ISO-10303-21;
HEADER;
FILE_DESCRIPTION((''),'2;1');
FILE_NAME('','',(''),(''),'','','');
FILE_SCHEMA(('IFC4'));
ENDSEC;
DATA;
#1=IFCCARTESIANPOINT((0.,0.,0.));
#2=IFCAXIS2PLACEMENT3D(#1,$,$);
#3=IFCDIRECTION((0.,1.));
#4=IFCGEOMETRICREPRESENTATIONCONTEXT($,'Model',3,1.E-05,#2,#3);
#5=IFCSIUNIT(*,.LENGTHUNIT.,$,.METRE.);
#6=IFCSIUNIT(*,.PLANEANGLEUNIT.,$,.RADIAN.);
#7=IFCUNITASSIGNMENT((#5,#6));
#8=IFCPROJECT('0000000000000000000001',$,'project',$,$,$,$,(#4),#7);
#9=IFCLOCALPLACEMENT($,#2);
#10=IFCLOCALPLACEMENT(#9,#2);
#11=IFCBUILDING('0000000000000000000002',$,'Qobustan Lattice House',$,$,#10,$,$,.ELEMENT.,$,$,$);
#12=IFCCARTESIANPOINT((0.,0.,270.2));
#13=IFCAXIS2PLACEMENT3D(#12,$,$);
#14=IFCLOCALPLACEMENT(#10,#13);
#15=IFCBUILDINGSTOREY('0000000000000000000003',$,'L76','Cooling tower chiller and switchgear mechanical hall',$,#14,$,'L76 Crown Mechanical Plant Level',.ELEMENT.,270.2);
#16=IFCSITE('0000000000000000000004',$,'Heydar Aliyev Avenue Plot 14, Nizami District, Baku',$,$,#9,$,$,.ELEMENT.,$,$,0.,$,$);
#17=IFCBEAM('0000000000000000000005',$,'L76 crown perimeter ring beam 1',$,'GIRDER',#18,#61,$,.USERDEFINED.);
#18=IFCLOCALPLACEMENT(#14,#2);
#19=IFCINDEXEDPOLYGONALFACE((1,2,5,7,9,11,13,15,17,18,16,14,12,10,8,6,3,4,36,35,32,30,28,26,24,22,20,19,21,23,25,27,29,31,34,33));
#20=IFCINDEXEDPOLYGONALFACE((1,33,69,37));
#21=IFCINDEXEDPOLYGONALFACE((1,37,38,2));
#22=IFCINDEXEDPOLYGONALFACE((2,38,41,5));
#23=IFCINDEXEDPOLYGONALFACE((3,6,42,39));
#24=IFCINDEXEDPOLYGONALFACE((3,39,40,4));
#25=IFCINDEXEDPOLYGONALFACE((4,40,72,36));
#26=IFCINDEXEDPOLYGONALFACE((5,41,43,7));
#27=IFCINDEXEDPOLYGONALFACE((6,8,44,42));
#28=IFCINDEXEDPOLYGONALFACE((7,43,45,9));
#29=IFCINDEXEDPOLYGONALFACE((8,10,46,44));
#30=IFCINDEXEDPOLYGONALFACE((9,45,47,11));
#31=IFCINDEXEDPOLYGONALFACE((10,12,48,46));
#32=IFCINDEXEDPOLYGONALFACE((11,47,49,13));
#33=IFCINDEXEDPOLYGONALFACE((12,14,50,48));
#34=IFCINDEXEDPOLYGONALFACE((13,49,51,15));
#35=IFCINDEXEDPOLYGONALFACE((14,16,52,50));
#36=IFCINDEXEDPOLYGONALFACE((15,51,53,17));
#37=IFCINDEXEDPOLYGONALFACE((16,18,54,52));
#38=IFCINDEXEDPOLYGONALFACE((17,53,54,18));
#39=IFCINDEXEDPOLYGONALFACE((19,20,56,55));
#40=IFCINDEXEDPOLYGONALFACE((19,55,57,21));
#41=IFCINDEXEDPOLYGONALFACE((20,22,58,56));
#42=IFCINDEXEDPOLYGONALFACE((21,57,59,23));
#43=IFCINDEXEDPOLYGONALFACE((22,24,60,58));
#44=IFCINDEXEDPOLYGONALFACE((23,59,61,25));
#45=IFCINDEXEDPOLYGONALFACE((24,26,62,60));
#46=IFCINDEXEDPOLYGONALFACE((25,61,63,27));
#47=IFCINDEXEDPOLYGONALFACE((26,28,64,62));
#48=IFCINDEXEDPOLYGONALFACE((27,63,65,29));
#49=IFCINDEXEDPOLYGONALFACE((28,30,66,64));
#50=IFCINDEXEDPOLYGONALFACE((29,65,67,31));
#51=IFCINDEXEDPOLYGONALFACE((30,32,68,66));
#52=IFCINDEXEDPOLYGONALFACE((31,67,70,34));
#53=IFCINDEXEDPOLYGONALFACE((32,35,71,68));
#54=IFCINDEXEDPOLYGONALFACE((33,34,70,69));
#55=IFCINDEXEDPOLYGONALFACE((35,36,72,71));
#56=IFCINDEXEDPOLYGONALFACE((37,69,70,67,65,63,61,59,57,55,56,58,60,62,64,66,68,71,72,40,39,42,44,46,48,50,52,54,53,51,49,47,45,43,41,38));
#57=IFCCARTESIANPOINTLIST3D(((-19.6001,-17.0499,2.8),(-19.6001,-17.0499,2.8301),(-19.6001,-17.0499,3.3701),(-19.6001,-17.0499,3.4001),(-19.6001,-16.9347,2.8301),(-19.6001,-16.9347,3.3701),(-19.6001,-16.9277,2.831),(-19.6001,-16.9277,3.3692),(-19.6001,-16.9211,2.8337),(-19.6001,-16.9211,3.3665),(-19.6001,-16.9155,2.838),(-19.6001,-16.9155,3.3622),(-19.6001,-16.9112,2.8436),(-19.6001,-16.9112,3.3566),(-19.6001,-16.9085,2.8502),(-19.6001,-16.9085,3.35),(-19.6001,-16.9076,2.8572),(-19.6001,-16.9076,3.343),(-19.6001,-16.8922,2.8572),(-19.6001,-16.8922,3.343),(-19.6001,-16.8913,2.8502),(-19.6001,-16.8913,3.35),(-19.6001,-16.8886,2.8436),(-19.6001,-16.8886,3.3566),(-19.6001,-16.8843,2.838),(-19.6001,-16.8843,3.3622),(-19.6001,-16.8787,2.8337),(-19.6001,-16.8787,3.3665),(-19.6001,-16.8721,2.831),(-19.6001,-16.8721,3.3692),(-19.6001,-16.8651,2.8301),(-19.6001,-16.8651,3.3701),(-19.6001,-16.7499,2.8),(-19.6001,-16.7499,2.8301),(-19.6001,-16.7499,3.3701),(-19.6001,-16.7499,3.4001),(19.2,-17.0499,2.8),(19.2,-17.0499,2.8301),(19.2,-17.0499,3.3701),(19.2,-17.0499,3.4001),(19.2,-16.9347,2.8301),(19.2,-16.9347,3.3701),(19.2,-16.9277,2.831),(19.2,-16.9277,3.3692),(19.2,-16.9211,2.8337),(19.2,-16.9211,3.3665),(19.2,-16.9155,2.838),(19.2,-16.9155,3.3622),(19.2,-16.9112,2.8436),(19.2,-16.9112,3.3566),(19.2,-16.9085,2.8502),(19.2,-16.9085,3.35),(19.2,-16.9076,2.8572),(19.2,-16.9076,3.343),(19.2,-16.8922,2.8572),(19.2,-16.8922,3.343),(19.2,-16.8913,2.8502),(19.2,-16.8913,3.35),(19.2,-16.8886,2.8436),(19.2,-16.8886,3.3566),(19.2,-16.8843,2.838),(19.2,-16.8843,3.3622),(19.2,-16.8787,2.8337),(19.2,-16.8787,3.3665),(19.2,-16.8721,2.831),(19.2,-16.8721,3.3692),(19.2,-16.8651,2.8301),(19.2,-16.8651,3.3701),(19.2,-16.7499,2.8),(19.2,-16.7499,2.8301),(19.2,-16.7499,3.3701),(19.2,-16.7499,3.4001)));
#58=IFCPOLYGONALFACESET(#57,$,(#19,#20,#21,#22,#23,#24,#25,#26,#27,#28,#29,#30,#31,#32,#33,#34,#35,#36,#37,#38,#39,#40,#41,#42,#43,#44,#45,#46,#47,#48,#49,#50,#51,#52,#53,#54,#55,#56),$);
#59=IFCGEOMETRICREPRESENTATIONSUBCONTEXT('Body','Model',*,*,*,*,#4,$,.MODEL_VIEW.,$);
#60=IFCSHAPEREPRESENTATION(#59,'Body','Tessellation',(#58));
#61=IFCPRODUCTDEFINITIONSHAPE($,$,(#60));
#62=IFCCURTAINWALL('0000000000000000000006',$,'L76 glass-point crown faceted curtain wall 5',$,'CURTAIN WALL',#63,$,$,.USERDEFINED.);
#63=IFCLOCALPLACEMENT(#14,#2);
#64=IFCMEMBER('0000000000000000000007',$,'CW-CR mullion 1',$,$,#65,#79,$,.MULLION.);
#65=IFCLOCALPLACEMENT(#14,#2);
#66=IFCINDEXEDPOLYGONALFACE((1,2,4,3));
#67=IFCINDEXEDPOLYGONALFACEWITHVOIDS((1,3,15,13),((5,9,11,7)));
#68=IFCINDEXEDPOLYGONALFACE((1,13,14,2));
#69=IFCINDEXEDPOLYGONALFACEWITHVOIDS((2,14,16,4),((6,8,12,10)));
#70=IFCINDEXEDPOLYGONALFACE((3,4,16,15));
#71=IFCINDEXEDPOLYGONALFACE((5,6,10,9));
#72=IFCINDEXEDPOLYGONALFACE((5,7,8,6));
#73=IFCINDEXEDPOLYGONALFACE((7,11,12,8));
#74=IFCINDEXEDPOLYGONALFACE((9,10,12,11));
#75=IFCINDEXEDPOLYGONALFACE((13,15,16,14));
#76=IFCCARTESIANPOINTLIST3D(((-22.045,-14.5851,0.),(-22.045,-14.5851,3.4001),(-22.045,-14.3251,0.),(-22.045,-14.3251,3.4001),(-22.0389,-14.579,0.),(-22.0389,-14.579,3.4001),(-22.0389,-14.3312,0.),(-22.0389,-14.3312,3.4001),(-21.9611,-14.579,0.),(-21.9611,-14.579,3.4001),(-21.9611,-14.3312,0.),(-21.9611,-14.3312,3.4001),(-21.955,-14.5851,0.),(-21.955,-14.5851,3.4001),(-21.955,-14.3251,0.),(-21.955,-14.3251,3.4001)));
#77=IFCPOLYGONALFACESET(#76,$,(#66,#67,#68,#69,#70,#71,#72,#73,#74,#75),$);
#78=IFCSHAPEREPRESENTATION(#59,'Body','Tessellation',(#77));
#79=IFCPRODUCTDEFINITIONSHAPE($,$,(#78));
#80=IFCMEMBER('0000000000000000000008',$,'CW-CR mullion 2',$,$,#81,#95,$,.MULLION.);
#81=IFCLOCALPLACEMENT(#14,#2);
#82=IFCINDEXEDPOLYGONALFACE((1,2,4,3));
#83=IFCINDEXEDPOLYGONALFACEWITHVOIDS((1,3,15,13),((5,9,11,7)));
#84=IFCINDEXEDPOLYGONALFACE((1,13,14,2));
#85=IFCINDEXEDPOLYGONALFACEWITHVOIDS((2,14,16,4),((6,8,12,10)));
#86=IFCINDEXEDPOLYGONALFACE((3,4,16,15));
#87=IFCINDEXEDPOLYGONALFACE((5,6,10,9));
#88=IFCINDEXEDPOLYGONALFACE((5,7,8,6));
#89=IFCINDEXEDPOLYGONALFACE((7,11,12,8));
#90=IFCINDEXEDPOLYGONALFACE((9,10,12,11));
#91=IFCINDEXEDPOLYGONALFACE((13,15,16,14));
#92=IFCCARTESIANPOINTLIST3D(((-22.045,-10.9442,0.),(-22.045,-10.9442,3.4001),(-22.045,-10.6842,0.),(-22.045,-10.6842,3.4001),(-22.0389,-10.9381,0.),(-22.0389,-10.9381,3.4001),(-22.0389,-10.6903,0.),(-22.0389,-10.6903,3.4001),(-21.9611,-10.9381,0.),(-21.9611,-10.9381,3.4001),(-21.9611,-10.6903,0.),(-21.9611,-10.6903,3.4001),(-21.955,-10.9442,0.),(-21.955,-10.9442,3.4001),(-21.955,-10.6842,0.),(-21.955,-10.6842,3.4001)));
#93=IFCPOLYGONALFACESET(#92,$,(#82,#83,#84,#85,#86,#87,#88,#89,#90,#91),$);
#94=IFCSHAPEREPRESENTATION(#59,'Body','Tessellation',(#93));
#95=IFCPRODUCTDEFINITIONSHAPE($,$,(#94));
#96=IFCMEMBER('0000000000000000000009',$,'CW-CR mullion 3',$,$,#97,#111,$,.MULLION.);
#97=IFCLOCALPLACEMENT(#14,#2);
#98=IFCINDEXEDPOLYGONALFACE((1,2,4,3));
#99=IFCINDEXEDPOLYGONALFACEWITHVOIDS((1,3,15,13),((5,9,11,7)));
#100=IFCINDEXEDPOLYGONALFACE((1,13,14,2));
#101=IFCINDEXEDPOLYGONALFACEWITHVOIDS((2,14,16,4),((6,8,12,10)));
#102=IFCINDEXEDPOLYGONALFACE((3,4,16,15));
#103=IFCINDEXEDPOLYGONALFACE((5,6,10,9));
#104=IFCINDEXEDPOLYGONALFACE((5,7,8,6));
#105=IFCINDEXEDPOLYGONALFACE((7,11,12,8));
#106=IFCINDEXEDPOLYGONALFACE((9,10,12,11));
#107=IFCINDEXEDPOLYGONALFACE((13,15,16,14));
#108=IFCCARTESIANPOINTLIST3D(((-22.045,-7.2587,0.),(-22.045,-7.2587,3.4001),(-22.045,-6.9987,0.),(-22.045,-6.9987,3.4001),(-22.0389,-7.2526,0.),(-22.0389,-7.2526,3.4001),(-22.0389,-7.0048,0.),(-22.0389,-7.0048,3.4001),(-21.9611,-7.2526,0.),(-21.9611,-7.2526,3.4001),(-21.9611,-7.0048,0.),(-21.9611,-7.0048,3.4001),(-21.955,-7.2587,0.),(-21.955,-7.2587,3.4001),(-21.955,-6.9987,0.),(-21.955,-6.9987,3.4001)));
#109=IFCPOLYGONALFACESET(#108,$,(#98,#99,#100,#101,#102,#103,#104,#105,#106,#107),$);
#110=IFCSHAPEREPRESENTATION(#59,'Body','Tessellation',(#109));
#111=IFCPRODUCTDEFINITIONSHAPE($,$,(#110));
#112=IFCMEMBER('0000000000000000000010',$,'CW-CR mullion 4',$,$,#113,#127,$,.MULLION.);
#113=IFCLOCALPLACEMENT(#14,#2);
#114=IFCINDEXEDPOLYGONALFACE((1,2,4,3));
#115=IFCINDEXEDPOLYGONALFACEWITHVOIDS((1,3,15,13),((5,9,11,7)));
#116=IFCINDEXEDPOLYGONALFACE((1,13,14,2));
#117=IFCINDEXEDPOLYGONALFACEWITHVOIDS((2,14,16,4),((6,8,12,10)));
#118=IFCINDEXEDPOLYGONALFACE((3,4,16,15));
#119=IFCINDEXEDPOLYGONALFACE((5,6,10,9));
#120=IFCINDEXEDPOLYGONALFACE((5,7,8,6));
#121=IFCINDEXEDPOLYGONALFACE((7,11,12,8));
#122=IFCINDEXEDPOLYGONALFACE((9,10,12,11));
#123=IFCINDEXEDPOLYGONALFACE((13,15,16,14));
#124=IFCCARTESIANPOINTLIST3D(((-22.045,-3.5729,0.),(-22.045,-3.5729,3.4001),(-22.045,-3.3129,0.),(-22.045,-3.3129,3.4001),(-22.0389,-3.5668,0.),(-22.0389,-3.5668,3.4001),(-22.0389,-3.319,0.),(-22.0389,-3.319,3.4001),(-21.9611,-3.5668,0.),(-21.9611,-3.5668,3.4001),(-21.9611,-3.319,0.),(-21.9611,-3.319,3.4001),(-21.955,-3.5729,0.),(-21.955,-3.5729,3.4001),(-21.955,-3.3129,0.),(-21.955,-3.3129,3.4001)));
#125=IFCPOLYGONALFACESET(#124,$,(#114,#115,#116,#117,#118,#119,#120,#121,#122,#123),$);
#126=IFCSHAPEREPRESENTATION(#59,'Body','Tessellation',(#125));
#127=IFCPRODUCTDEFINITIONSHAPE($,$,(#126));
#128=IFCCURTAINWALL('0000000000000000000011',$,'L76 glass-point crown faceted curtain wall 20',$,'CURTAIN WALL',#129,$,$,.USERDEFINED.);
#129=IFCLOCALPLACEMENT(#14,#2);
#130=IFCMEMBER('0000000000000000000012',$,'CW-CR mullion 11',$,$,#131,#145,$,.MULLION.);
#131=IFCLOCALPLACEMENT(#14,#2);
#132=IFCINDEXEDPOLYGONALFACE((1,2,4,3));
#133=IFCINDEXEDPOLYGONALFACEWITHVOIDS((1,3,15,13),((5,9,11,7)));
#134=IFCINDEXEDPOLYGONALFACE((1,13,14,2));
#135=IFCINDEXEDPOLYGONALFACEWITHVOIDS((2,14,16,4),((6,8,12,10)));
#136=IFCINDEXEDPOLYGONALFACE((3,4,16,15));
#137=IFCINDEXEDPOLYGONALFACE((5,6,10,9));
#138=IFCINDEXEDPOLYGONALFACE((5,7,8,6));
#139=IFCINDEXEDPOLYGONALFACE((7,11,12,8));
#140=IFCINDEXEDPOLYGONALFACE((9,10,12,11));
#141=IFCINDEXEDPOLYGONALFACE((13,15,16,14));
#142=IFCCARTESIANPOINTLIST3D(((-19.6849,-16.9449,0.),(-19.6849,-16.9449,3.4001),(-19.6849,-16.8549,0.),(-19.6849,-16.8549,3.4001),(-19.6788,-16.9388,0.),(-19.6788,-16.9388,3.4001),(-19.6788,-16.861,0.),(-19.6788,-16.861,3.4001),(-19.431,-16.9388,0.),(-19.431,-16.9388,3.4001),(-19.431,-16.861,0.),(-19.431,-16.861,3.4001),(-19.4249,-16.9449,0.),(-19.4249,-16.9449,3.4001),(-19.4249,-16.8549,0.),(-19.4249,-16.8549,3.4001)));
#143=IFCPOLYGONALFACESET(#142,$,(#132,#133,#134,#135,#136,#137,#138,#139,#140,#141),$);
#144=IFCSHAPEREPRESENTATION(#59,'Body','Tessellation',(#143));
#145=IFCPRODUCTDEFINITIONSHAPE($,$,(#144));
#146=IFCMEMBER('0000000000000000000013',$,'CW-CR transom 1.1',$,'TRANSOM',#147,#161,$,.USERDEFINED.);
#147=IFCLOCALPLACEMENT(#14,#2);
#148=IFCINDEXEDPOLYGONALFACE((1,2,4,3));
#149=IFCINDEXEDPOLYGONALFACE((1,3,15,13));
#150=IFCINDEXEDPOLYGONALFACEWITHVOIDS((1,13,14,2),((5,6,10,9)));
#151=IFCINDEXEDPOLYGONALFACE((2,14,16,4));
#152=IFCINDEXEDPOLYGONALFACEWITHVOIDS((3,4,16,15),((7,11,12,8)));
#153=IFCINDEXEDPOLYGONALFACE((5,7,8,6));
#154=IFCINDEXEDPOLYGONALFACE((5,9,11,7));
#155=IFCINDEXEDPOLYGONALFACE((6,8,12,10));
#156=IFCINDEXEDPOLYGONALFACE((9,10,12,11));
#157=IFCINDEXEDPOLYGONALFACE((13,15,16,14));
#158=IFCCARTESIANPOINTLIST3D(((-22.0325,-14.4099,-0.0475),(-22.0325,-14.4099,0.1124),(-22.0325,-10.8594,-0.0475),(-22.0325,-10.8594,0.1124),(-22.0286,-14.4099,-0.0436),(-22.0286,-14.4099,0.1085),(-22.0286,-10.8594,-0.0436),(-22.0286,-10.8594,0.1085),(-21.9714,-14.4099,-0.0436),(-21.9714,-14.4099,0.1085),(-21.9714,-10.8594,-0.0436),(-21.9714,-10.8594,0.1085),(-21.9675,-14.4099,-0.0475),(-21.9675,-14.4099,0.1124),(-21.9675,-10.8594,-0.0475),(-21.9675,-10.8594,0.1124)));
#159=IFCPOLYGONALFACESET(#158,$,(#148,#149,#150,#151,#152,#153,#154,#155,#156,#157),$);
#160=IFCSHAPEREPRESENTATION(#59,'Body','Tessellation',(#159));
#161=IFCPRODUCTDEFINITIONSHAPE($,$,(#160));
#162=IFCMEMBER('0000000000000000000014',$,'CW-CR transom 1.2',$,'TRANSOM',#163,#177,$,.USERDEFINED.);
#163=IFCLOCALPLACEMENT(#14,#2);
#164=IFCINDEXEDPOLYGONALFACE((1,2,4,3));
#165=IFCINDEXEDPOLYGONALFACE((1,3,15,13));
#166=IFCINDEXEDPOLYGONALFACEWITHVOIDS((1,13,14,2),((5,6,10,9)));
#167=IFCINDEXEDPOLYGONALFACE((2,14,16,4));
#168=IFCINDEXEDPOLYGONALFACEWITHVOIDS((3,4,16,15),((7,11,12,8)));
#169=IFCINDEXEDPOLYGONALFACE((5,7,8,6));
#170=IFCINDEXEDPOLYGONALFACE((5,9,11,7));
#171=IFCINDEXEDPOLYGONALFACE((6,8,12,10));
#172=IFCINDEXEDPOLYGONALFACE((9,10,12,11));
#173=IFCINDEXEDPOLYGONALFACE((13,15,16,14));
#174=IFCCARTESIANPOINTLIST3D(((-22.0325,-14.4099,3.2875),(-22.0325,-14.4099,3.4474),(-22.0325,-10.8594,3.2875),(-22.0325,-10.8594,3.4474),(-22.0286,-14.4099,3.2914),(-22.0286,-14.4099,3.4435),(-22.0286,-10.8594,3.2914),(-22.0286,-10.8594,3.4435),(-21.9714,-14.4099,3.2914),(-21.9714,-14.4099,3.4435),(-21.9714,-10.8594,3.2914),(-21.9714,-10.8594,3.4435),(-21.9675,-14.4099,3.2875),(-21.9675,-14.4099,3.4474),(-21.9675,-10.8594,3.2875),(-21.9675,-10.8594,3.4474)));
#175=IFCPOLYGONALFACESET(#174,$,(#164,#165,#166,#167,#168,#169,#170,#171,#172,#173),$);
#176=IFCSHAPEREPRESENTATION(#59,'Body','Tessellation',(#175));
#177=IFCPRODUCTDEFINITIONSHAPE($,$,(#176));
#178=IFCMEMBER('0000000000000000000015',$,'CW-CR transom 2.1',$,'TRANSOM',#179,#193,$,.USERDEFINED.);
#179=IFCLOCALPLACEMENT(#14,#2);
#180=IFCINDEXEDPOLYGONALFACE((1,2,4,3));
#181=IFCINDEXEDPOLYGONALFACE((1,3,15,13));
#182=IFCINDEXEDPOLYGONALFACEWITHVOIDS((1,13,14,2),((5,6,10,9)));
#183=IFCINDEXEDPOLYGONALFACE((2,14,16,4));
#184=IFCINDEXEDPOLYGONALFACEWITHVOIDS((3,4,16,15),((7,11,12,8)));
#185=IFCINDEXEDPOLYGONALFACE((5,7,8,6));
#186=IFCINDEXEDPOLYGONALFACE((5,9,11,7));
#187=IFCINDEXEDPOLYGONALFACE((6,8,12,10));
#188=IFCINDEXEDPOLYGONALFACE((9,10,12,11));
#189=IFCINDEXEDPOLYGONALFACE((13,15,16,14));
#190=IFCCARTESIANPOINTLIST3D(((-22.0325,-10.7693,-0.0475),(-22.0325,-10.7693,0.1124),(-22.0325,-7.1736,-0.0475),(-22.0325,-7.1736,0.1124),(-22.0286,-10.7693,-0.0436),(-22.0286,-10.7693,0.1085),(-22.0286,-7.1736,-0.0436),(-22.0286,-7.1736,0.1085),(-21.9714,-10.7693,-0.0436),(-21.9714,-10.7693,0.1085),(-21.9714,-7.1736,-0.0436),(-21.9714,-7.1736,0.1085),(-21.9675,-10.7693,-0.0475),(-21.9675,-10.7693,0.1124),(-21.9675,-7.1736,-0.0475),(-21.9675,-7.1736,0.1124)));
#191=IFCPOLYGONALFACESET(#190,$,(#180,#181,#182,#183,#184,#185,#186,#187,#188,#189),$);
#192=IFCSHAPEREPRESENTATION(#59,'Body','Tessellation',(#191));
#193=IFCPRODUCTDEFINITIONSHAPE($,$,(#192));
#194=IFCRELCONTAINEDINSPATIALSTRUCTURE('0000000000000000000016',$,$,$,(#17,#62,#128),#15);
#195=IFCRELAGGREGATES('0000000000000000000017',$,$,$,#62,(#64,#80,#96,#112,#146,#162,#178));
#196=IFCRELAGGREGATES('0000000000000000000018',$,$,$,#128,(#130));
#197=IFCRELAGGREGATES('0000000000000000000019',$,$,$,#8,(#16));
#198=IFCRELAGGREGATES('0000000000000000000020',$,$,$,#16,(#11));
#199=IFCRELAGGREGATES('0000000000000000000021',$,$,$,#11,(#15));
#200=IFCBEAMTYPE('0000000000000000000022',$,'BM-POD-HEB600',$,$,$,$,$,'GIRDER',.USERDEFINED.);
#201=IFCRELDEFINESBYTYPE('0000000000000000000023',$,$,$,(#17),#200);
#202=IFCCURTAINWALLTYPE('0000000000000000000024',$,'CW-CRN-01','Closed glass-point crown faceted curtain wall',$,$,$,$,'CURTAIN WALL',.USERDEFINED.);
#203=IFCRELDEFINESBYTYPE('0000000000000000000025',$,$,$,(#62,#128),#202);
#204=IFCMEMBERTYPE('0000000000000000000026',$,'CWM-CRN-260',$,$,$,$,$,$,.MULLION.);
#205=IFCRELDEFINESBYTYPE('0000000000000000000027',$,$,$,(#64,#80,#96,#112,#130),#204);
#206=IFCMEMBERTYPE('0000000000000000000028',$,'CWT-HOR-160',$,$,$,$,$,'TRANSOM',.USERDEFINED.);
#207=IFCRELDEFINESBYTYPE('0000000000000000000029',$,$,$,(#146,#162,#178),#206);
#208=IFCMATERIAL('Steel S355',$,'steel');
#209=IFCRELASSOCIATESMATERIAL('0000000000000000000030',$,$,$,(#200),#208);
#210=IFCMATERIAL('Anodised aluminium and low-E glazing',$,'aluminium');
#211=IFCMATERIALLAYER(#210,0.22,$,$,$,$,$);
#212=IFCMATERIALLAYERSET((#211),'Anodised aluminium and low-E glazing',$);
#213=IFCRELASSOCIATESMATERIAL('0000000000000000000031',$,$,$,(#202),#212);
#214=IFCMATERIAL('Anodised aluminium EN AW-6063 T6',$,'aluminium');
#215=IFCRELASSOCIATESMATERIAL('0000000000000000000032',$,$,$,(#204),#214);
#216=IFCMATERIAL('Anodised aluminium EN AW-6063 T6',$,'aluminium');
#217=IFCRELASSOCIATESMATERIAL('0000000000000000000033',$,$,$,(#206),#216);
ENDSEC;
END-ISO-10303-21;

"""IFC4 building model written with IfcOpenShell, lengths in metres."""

from ifc_helpers import new_model, si_unit, direction, frame, origin, origin_2d, place, context, subcontext, project, spatial, hollow_rectangle, i_section, extrude, material, layer, layer_set, material_profile, profile_set, type_object, element, aggregate, save


model = new_model("IFC4")

# Units and contexts
model_context = context("Model", 3, precision=1e-05, world=origin(), true_north=direction((0.0, 1.0)))
body_context = subcontext(model_context, "Body", "Model", "MODEL_VIEW")
ifc_project = project(units=[si_unit("LENGTHUNIT", "METRE"), si_unit("PLANEANGLEUNIT", "RADIAN")], contexts=[model_context])

# Site, building, storey
site_placement = place(None, origin())
site = spatial("IfcSite", under=ifc_project, at=site_placement, Name="Heydar Aliyev Avenue Plot 14, Nizami District, Baku", CompositionType="ELEMENT", RefElevation=0.0)
building_placement = place(site_placement, origin())
building = spatial("IfcBuilding", under=site, at=building_placement, Name="Qobustan Lattice House", CompositionType="ELEMENT")
storey_placement = place(building_placement, frame((0.0, 0.0, 270.2)))
storey = spatial("IfcBuildingStorey", under=building, at=storey_placement, Name="L76", Description="Cooling tower chiller and switchgear mechanical hall", LongName="L76 Crown Mechanical Plant Level", CompositionType="ELEMENT", Elevation=270.2)

# Beam
ifc_material_1 = material(Name="Steel S355", Category="steel")
ifc_material_profile_1 = material_profile(ifc_material_1, i_section(OverallWidth=0.3, OverallDepth=0.6001, WebThickness=0.0154, FlangeThickness=0.03, FilletRadius=0.0271, at=origin_2d()), Name="HEB600")
ifc_profile_set_1 = profile_set([ifc_material_profile_1], Name="Steel S355")
beam_type = type_object("IfcBeamType", Name="BM-POD-HEB600", ElementType="GIRDER", PredefinedType="USERDEFINED", material=ifc_profile_set_1)
beam_placement = place(storey_placement, frame((-19.6001, -16.8999, 3.1001), z_axis=(1.0, 0.0, 0.0), x_axis=(0.0, 1.0, 0.0)))
element("IfcBeam", 1, at=beam_placement, inside=storey, type_object=beam_type, Name="L76 crown perimeter ring beam 1", ObjectType="GIRDER", PredefinedType="USERDEFINED", context=body_context, shape_type="SweptSolid", body=[
    extrude(i_section(OverallWidth=0.3, OverallDepth=0.6001, WebThickness=0.0154, FlangeThickness=0.03, FilletRadius=0.0271, at=origin_2d()), origin(), (0.0, 0.0, 1.0), 38.8),
])

# Curtain wall, members
ifc_material_2 = material(Name="Anodised aluminium and low-E glazing", Category="aluminium")
ifc_layer_1 = layer(ifc_material_2, 0.22)
ifc_layer_set_1 = layer_set([ifc_layer_1], Name="Anodised aluminium and low-E glazing")
curtain_wall_type = type_object("IfcCurtainWallType", Name="CW-CRN-01", Description="Closed glass-point crown faceted curtain wall", ElementType="CURTAIN WALL", PredefinedType="USERDEFINED", material=ifc_layer_set_1)
curtain_wall_1_placement = place(storey_placement, origin())
curtain_wall_1 = element("IfcCurtainWall", 2, at=curtain_wall_1_placement, inside=storey, type_object=curtain_wall_type, Name="L76 glass-point crown faceted curtain wall 5", ObjectType="CURTAIN WALL", PredefinedType="USERDEFINED")
ifc_material_3 = material(Name="Anodised aluminium EN AW-6063 T6", Category="aluminium")
ifc_material_profile_2 = material_profile(ifc_material_3, hollow_rectangle(XDim=0.0901, YDim=0.26, WallThickness=0.0061, at=origin_2d()), Name="CWM-CROWN-260x90")
ifc_profile_set_2 = profile_set([ifc_material_profile_2], Name="Anodised aluminium EN AW-6063 T6")
member_type_1 = type_object("IfcMemberType", Name="CWM-CRN-260", PredefinedType="MULLION", material=ifc_profile_set_2)
member_1_placement = place(storey_placement, frame((-22.0, -14.4551, 0.0), z_axis=(0.0, 0.0, 1.0), x_axis=(-1.0, 0.0, 0.0)))
member_1 = element("IfcMember", 3, at=member_1_placement, type_object=member_type_1, Name="CW-CR mullion 1", PredefinedType="MULLION", context=body_context, shape_type="SweptSolid", body=[
    extrude(hollow_rectangle(XDim=0.0901, YDim=0.26, WallThickness=0.0061, at=origin_2d()), origin(), (0.0, 0.0, 1.0), 3.4001),
])
member_2_placement = place(storey_placement, frame((-22.0, -10.8142, 0.0), z_axis=(0.0, 0.0, 1.0), x_axis=(-1.0, 0.0, 0.0)))
member_2 = element("IfcMember", 4, at=member_2_placement, type_object=member_type_1, Name="CW-CR mullion 2", PredefinedType="MULLION", context=body_context, shape_type="SweptSolid", body=[
    extrude(hollow_rectangle(XDim=0.0901, YDim=0.26, WallThickness=0.0061, at=origin_2d()), origin(), (0.0, 0.0, 1.0), 3.4001),
])
member_3_placement = place(storey_placement, frame((-22.0, -7.1287, 0.0), z_axis=(0.0, 0.0, 1.0), x_axis=(-1.0, 0.0, 0.0)))
member_3 = element("IfcMember", 5, at=member_3_placement, type_object=member_type_1, Name="CW-CR mullion 3", PredefinedType="MULLION", context=body_context, shape_type="SweptSolid", body=[
    extrude(hollow_rectangle(XDim=0.0901, YDim=0.26, WallThickness=0.0061, at=origin_2d()), origin(), (0.0, 0.0, 1.0), 3.4001),
])
member_4_placement = place(storey_placement, frame((-22.0, -3.4429, 0.0), z_axis=(0.0, 0.0, 1.0), x_axis=(-1.0, 0.0, 0.0)))
member_4 = element("IfcMember", 6, at=member_4_placement, type_object=member_type_1, Name="CW-CR mullion 4", PredefinedType="MULLION", context=body_context, shape_type="SweptSolid", body=[
    extrude(hollow_rectangle(XDim=0.0901, YDim=0.26, WallThickness=0.0061, at=origin_2d()), origin(), (0.0, 0.0, 1.0), 3.4001),
])

# Curtain wall, member
curtain_wall_2_placement = place(storey_placement, origin())
curtain_wall_2 = element("IfcCurtainWall", 7, at=curtain_wall_2_placement, inside=storey, type_object=curtain_wall_type, Name="L76 glass-point crown faceted curtain wall 20", ObjectType="CURTAIN WALL", PredefinedType="USERDEFINED")
member_5_placement = place(storey_placement, frame((-19.5549, -16.8999, 0.0), z_axis=(0.0, 0.0, 1.0), x_axis=(0.0, -1.0, 0.0)))
member_5 = element("IfcMember", 8, at=member_5_placement, type_object=member_type_1, Name="CW-CR mullion 11", PredefinedType="MULLION", context=body_context, shape_type="SweptSolid", body=[
    extrude(hollow_rectangle(XDim=0.0901, YDim=0.26, WallThickness=0.0061, at=origin_2d()), origin(), (0.0, 0.0, 1.0), 3.4001),
])

# Members
ifc_material_4 = material(Name="Anodised aluminium EN AW-6063 T6", Category="aluminium")
ifc_material_profile_3 = material_profile(ifc_material_4, hollow_rectangle(XDim=0.0649, YDim=0.1599, WallThickness=0.0039, at=origin_2d()), Name="CWT-160x65")
ifc_profile_set_3 = profile_set([ifc_material_profile_3], Name="Anodised aluminium EN AW-6063 T6")
member_type_2 = type_object("IfcMemberType", Name="CWT-HOR-160", ElementType="TRANSOM", PredefinedType="USERDEFINED", material=ifc_profile_set_3)
member_6_placement = place(storey_placement, frame((-22.0, -14.4099, 0.0325), z_axis=(0.0, 1.0, 0.0), x_axis=(-1.0, 0.0, 0.0)))
member_6 = element("IfcMember", 9, at=member_6_placement, type_object=member_type_2, Name="CW-CR transom 1.1", ObjectType="TRANSOM", PredefinedType="USERDEFINED", context=body_context, shape_type="SweptSolid", body=[
    extrude(hollow_rectangle(XDim=0.0649, YDim=0.1599, WallThickness=0.0039, at=origin_2d()), origin(), (0.0, 0.0, 1.0), 3.5505),
])
member_7_placement = place(storey_placement, frame((-22.0, -14.4099, 3.3674), z_axis=(0.0, 1.0, 0.0), x_axis=(-1.0, 0.0, 0.0)))
member_7 = element("IfcMember", 10, at=member_7_placement, type_object=member_type_2, Name="CW-CR transom 1.2", ObjectType="TRANSOM", PredefinedType="USERDEFINED", context=body_context, shape_type="SweptSolid", body=[
    extrude(hollow_rectangle(XDim=0.0649, YDim=0.1599, WallThickness=0.0039, at=origin_2d()), origin(), (0.0, 0.0, 1.0), 3.5505),
])
member_8_placement = place(storey_placement, frame((-22.0, -10.7693, 0.0325), z_axis=(0.0, 1.0, 0.0), x_axis=(-1.0, 0.0, 0.0)))
member_8 = element("IfcMember", 11, at=member_8_placement, type_object=member_type_2, Name="CW-CR transom 2.1", ObjectType="TRANSOM", PredefinedType="USERDEFINED", context=body_context, shape_type="SweptSolid", body=[
    extrude(hollow_rectangle(XDim=0.0649, YDim=0.1599, WallThickness=0.0039, at=origin_2d()), origin(), (0.0, 0.0, 1.0), 3.5957),
])

aggregate(curtain_wall_1, [member_1, member_2, member_3, member_4, member_6, member_7, member_8])
aggregate(curtain_wall_2, [member_5])

save(model, "model.ifc")
